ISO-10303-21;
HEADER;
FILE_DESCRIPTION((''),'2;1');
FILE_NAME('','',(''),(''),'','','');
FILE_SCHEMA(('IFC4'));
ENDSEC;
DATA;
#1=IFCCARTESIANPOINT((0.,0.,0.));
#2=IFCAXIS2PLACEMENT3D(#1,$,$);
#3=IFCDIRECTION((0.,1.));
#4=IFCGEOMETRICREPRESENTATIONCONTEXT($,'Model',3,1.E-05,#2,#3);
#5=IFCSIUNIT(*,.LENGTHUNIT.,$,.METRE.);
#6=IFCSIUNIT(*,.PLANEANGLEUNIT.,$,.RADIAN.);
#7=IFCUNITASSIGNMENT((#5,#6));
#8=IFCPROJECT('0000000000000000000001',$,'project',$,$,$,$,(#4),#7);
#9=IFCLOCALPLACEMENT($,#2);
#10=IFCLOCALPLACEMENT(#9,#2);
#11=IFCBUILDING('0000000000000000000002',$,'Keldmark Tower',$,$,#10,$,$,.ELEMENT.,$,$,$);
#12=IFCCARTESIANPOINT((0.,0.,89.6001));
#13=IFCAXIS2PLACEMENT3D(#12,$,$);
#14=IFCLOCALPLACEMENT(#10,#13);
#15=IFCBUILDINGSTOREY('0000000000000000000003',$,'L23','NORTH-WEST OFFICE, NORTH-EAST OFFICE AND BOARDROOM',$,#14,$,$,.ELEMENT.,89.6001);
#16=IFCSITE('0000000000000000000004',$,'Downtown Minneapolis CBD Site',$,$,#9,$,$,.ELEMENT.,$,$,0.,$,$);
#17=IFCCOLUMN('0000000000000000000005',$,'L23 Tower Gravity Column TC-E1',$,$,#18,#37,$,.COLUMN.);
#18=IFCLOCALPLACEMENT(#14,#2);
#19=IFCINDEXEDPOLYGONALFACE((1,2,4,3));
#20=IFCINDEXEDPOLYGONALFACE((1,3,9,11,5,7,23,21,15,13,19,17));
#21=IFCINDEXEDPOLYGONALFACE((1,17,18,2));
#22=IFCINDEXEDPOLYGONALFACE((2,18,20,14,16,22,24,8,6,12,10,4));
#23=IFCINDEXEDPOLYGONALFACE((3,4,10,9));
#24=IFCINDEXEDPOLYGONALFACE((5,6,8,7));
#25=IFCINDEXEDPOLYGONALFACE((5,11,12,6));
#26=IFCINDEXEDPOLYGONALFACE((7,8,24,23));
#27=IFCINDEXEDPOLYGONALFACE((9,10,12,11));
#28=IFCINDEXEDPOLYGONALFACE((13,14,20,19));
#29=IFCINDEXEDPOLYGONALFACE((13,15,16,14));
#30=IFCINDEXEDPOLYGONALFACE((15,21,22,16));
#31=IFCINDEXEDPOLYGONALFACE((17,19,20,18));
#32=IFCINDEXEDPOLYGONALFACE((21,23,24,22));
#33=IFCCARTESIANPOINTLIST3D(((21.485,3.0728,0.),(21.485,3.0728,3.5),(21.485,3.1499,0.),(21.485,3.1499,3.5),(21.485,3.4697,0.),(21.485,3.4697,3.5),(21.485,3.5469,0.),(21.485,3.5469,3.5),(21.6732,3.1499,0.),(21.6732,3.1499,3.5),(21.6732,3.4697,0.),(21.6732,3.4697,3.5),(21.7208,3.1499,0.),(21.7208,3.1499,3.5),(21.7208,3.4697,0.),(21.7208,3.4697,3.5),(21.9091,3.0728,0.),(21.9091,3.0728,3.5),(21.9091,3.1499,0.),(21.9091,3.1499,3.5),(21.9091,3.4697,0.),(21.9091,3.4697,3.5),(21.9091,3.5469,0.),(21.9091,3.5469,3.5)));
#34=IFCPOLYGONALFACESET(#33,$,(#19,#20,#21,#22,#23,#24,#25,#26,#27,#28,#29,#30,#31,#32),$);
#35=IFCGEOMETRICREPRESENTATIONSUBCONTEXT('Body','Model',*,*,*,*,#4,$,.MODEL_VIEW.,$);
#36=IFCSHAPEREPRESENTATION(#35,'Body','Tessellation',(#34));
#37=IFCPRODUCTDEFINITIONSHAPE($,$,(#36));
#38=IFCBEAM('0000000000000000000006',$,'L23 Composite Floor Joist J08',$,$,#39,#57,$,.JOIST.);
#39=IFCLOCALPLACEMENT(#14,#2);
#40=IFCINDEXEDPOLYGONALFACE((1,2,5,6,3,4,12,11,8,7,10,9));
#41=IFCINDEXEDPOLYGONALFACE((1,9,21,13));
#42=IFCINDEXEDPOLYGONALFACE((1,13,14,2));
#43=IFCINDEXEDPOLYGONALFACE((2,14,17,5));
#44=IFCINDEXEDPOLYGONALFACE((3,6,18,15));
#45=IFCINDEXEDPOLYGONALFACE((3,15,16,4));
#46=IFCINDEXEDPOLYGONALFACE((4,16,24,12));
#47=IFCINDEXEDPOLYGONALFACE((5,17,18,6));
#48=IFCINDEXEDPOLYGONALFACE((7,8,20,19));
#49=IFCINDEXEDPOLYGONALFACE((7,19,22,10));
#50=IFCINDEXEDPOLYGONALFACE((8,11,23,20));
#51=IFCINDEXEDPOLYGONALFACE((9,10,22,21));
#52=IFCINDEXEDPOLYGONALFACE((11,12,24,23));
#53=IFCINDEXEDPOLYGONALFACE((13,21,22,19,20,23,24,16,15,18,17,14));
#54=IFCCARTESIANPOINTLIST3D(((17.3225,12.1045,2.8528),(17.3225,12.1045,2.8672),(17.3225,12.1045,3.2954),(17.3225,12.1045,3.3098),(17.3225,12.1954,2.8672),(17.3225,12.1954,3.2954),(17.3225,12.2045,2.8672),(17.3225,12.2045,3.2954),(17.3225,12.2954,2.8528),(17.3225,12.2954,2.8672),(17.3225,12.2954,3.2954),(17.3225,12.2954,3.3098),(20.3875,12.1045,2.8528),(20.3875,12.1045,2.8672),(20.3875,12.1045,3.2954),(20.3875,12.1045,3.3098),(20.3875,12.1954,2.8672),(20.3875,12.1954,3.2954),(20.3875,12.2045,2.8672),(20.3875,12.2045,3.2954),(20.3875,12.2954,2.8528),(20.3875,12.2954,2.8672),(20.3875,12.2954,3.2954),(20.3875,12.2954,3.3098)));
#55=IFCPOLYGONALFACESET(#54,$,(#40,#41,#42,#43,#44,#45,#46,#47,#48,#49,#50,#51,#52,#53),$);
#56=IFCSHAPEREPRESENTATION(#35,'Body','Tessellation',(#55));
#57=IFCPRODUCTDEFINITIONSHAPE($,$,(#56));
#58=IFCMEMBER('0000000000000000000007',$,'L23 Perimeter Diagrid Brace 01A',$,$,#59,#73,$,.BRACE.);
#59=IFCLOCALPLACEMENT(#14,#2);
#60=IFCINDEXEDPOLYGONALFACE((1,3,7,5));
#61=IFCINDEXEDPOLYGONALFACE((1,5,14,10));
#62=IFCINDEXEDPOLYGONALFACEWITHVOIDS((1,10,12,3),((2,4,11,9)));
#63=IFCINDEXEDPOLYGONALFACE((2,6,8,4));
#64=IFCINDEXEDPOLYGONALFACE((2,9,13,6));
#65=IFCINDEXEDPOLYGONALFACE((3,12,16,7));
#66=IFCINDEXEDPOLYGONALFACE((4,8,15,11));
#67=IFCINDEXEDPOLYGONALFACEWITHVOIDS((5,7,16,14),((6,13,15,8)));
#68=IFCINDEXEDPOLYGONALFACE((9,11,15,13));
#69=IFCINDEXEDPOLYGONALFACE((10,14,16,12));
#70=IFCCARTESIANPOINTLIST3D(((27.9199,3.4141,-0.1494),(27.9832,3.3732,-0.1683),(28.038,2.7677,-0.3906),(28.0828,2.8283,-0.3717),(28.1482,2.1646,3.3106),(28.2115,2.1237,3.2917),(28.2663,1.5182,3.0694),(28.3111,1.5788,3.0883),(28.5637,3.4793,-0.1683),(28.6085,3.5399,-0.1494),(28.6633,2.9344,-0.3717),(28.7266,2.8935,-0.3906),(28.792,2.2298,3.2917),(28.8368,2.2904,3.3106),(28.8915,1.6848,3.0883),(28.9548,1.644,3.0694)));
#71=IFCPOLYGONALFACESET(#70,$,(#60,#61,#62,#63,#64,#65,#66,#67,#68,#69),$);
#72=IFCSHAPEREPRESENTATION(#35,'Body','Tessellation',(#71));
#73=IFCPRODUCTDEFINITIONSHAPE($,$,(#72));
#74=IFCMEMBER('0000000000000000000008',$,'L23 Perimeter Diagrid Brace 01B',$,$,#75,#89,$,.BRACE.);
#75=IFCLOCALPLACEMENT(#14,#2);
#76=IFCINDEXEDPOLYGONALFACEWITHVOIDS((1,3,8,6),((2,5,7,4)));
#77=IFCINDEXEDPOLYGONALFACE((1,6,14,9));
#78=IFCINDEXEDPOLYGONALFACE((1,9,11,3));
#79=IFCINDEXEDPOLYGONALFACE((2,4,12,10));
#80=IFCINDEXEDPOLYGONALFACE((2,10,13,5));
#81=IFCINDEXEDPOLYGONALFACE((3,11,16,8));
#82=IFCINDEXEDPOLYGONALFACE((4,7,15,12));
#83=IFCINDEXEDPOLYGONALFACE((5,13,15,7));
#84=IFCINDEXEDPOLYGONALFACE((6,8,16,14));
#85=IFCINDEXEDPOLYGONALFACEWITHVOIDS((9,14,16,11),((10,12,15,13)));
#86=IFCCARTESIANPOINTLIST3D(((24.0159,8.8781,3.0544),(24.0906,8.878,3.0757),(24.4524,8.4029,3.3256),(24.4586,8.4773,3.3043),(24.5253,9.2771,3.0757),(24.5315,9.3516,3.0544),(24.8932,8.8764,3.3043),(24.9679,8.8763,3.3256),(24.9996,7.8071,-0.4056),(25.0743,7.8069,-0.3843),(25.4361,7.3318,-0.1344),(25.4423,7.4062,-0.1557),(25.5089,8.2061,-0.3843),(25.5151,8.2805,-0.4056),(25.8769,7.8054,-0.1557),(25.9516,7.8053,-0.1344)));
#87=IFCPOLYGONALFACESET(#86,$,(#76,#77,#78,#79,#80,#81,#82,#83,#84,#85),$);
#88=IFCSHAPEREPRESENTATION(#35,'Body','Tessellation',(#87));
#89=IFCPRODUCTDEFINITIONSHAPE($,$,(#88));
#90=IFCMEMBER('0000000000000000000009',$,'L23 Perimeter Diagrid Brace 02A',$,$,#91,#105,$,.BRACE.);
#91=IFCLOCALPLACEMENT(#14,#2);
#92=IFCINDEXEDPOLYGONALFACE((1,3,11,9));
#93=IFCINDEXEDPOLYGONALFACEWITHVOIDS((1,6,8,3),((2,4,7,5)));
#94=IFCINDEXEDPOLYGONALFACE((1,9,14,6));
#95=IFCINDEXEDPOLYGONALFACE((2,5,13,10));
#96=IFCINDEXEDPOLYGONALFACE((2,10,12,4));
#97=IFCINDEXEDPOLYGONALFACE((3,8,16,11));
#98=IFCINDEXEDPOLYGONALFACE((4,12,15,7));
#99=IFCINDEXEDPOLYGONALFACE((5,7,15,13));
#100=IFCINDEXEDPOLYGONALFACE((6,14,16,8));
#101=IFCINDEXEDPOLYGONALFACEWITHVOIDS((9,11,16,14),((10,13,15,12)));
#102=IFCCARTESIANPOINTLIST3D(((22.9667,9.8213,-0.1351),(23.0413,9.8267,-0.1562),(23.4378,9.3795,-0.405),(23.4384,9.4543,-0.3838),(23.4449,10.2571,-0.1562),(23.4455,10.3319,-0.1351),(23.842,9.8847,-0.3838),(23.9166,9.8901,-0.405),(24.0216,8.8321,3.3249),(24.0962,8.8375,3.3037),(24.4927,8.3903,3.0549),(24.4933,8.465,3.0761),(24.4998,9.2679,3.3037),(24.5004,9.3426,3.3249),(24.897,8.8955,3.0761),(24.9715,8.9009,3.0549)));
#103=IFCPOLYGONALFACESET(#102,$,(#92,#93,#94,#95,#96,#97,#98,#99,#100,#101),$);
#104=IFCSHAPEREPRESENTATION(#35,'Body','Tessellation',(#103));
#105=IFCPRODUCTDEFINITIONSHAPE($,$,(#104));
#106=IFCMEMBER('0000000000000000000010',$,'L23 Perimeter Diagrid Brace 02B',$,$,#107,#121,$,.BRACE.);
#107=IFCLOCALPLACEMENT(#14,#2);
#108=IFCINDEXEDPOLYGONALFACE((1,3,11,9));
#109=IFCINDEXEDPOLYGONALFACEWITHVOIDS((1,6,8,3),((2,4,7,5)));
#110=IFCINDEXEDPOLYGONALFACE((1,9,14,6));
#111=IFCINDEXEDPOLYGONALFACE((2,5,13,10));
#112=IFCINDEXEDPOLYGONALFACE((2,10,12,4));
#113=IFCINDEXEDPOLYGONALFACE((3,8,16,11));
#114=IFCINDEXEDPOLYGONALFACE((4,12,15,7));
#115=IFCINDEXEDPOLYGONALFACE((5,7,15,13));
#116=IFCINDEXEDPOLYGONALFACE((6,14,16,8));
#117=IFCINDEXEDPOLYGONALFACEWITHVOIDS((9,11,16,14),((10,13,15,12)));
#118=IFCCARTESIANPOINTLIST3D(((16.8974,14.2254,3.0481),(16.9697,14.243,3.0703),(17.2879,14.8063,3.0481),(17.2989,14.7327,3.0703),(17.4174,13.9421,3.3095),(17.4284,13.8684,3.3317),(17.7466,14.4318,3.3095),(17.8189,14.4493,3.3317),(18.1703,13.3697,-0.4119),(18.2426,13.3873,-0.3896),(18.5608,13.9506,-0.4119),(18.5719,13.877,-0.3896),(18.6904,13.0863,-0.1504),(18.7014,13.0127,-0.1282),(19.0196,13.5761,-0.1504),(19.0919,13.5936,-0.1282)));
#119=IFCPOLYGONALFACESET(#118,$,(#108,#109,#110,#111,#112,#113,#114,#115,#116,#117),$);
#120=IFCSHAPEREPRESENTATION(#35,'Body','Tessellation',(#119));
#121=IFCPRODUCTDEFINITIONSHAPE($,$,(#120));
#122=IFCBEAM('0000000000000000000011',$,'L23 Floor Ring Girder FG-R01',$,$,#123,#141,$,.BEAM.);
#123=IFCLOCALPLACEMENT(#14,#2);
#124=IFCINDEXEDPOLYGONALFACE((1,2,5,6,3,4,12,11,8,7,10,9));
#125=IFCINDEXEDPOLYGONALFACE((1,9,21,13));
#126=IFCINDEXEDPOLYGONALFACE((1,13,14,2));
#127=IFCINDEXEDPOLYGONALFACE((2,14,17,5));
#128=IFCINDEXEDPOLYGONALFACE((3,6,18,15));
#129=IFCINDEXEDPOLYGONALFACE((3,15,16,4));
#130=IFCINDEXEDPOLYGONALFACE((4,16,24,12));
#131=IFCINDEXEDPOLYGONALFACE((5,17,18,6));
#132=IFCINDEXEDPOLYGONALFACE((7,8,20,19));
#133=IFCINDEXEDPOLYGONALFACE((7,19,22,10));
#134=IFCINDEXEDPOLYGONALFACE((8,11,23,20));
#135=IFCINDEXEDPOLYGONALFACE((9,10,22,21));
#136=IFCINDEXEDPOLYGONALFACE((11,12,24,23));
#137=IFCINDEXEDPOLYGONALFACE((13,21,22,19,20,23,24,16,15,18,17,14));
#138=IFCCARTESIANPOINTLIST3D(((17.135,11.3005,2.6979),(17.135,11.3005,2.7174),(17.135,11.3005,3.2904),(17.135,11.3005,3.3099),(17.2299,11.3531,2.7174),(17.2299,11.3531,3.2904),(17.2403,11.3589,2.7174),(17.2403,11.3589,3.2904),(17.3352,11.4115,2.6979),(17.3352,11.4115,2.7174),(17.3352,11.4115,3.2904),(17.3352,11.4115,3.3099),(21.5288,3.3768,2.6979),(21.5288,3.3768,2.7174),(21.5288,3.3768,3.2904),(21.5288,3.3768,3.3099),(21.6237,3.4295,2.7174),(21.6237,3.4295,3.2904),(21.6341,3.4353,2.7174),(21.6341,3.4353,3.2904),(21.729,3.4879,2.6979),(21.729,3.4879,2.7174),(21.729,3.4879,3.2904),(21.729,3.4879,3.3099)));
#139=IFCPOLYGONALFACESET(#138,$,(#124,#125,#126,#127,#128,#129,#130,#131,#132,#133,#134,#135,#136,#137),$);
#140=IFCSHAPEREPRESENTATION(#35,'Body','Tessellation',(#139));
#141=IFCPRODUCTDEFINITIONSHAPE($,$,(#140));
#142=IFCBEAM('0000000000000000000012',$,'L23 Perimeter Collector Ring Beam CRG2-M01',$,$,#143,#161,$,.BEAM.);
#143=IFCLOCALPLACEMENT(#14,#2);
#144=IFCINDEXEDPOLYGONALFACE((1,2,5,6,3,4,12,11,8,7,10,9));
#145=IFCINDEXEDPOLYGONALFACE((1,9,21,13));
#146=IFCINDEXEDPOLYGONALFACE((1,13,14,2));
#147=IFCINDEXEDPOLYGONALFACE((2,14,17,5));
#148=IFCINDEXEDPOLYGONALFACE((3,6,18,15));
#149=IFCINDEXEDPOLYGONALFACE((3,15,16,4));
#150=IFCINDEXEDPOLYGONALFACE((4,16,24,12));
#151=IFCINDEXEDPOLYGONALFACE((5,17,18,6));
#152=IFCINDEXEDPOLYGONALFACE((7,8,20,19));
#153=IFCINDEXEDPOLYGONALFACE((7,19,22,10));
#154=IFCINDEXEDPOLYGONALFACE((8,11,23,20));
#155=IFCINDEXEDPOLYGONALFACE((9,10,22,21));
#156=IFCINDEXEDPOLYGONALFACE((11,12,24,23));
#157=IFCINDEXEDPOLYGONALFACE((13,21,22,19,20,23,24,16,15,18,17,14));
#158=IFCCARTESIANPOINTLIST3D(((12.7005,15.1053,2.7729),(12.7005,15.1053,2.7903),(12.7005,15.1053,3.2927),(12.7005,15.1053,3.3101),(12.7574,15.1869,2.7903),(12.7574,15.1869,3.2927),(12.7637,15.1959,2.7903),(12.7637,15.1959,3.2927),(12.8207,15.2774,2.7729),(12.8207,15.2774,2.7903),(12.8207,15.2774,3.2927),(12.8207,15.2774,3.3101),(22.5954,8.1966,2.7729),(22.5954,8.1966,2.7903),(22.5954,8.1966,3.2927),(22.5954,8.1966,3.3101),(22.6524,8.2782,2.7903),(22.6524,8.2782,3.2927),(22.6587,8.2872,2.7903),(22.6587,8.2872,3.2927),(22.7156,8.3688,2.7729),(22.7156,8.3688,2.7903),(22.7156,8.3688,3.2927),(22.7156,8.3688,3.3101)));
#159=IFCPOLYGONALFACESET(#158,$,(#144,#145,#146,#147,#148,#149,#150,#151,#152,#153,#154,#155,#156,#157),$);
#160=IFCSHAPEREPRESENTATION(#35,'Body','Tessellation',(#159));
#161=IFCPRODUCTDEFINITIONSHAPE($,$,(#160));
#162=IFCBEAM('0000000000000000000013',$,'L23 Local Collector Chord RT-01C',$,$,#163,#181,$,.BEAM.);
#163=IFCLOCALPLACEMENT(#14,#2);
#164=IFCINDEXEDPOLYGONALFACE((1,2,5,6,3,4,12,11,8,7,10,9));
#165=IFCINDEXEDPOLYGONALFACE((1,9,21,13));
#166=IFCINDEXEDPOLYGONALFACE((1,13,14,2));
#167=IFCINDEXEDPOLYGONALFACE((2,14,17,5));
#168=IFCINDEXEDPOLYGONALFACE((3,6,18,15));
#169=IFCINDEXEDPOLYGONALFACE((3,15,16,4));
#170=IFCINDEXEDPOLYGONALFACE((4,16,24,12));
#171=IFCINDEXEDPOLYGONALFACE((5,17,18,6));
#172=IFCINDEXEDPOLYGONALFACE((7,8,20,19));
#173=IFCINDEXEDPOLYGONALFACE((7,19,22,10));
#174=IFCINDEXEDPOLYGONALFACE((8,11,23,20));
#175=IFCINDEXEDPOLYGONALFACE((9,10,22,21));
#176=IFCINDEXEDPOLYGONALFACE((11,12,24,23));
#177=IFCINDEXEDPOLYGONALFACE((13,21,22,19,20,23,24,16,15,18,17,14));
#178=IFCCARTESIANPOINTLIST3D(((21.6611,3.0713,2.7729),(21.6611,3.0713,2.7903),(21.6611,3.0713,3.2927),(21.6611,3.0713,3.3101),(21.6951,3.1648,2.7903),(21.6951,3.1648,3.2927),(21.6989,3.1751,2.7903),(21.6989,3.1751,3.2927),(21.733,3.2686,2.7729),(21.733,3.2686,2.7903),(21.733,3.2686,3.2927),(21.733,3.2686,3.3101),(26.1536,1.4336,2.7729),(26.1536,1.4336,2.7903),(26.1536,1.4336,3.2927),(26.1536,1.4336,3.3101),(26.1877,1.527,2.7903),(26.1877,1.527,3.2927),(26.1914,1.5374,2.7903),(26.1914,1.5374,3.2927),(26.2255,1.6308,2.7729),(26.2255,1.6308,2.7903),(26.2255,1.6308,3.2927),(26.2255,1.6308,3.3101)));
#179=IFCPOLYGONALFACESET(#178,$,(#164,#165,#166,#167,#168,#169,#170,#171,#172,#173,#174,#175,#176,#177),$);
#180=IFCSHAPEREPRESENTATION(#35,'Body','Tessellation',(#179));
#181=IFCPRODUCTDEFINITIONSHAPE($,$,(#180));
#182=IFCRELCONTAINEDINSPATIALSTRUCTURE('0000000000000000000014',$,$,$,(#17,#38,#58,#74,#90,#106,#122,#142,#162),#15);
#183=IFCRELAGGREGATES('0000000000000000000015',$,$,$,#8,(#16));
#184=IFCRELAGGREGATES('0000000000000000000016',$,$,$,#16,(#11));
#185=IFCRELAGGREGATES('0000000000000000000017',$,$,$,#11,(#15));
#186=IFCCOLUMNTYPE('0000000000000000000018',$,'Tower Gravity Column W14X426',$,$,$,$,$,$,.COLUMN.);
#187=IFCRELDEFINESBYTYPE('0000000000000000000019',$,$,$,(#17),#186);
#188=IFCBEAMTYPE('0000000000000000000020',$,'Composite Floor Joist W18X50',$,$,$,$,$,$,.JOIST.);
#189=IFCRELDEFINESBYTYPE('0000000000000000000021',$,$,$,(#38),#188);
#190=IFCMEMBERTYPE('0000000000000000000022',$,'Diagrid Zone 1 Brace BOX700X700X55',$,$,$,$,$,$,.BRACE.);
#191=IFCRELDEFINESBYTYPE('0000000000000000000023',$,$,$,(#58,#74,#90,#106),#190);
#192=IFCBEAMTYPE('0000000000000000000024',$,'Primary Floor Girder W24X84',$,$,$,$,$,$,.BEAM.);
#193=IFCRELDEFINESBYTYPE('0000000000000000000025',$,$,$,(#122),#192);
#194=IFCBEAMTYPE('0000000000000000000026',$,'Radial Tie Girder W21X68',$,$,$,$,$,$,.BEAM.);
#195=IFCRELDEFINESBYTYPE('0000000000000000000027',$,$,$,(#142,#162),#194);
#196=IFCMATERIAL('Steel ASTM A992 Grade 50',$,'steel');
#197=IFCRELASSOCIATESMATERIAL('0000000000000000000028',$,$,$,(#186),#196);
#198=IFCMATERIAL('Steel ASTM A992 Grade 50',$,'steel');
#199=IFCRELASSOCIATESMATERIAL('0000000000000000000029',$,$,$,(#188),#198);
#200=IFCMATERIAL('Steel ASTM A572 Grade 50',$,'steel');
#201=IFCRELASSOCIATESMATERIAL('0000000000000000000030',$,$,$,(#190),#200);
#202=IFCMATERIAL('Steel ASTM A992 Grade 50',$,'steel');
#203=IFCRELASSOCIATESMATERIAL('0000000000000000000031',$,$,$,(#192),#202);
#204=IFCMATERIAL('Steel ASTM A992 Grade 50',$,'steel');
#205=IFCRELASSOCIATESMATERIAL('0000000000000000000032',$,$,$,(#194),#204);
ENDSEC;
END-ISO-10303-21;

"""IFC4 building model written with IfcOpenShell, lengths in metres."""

from ifc_helpers import new_model, si_unit, direction, frame, origin, origin_2d, place, context, subcontext, project, spatial, hollow_rectangle, i_section, extrude, material, material_profile, profile_set, type_object, element, save


model = new_model("IFC4")

# Units and contexts
model_context = context("Model", 3, precision=1e-05, world=origin(), true_north=direction((0.0, 1.0)))
body_context = subcontext(model_context, "Body", "Model", "MODEL_VIEW")
ifc_project = project(units=[si_unit("LENGTHUNIT", "METRE"), si_unit("PLANEANGLEUNIT", "RADIAN")], contexts=[model_context])

# Site, building, storey
site_placement = place(None, origin())
site = spatial("IfcSite", under=ifc_project, at=site_placement, Name="Downtown Minneapolis CBD Site", CompositionType="ELEMENT", RefElevation=0.0)
building_placement = place(site_placement, origin())
building = spatial("IfcBuilding", under=site, at=building_placement, Name="Keldmark Tower", CompositionType="ELEMENT")
storey_placement = place(building_placement, frame((0.0, 0.0, 89.6001)))
storey = spatial("IfcBuildingStorey", under=building, at=storey_placement, Name="L23", Description="NORTH-WEST OFFICE, NORTH-EAST OFFICE AND BOARDROOM", CompositionType="ELEMENT", Elevation=89.6001)

# Column
ifc_material_1 = material(Name="Steel ASTM A992 Grade 50", Category="steel")
ifc_material_profile_1 = material_profile(ifc_material_1, i_section(OverallWidth=0.4241, OverallDepth=0.4741, WebThickness=0.0476, FlangeThickness=0.0771, at=origin_2d()), Name="W14X426")
ifc_profile_set_1 = profile_set([ifc_material_profile_1], Name="Steel ASTM A992 Grade 50")
column_type = type_object("IfcColumnType", Name="Tower Gravity Column W14X426", PredefinedType="COLUMN", material=ifc_profile_set_1)
column_placement = place(storey_placement, frame((21.697, 3.3098, 0.0), z_axis=(0.0, 0.0, 1.0), x_axis=(1.0, 0.0, 0.0)))
element("IfcColumn", 1, at=column_placement, inside=storey, type_object=column_type, Name="L23 Tower Gravity Column TC-E1", PredefinedType="COLUMN", context=body_context, shape_type="SweptSolid", body=[
    extrude(i_section(OverallWidth=0.4241, OverallDepth=0.4741, WebThickness=0.0476, FlangeThickness=0.0771, at=origin_2d()), origin(), (0.0, 0.0, 1.0), 3.5),
])

# Beam
ifc_material_2 = material(Name="Steel ASTM A992 Grade 50", Category="steel")
ifc_material_profile_2 = material_profile(ifc_material_2, i_section(OverallWidth=0.1909, OverallDepth=0.457, WebThickness=0.009, FlangeThickness=0.0144, at=origin_2d()), Name="W18X50")
ifc_profile_set_2 = profile_set([ifc_material_profile_2], Name="Steel ASTM A992 Grade 50")
beam_type_1 = type_object("IfcBeamType", Name="Composite Floor Joist W18X50", PredefinedType="JOIST", material=ifc_profile_set_2)
beam_1_placement = place(storey_placement, frame((17.3225, 12.2, 3.0813), z_axis=(1.0, 0.0, 0.0), x_axis=(0.0, 1.0, 0.0)))
element("IfcBeam", 2, at=beam_1_placement, inside=storey, type_object=beam_type_1, Name="L23 Composite Floor Joist J08", PredefinedType="JOIST", context=body_context, shape_type="SweptSolid", body=[
    extrude(i_section(OverallWidth=0.1909, OverallDepth=0.457, WebThickness=0.009, FlangeThickness=0.0144, at=origin_2d()), origin(), (0.0, 0.0, 1.0), 3.0649),
])

# Members
ifc_material_3 = material(Name="Steel ASTM A572 Grade 50", Category="steel")
ifc_material_profile_3 = material_profile(ifc_material_3, hollow_rectangle(XDim=0.7, YDim=0.7, WallThickness=0.0549, at=origin_2d()), Name="BOX700X700X55")
ifc_profile_set_3 = profile_set([ifc_material_profile_3], Name="Steel ASTM A572 Grade 50")
member_type = type_object("IfcMemberType", Name="Diagrid Zone 1 Brace BOX700X700X55", PredefinedType="BRACE", material=ifc_profile_set_3)
member_1_placement = place(storey_placement, frame((28.3232, 3.1538, -0.27), z_axis=(0.061934, -0.339012, 0.938741), x_axis=(0.983719, 0.179714, 0.0)))
element("IfcMember", 3, at=member_1_placement, inside=storey, type_object=member_type, Name="L23 Perimeter Diagrid Brace 01A", PredefinedType="BRACE", context=body_context, shape_type="SweptSolid", body=[
    extrude(hollow_rectangle(XDim=0.7, YDim=0.7, WallThickness=0.0549, at=origin_2d()), origin(), (0.0, 0.0, 1.0), 3.6858),
])
member_2_placement = place(storey_placement, frame((25.4756, 7.8062, -0.27), z_axis=(-0.262086, 0.285373, 0.921886), x_axis=(-0.73652, -0.676416, 0.0)))
element("IfcMember", 4, at=member_2_placement, inside=storey, type_object=member_type, Name="L23 Perimeter Diagrid Brace 01B", PredefinedType="BRACE", context=body_context, shape_type="SweptSolid", body=[
    extrude(hollow_rectangle(XDim=0.7, YDim=0.7, WallThickness=0.0549, at=origin_2d()), origin(), (0.0, 0.0, 1.0), 3.7532),
])
member_3_placement = place(storey_placement, frame((23.4417, 9.8557, -0.27), z_axis=(0.281312, -0.263799, 0.922645), x_axis=(0.684037, 0.729448, 0.0)))
element("IfcMember", 5, at=member_3_placement, inside=storey, type_object=member_type, Name="L23 Perimeter Diagrid Brace 02A", PredefinedType="BRACE", context=body_context, shape_type="SweptSolid", body=[
    extrude(hollow_rectangle(XDim=0.7, YDim=0.7, WallThickness=0.0549, at=origin_2d()), origin(), (0.0, 0.0, 1.0), 3.75),
])
member_4_placement = place(storey_placement, frame((18.6311, 13.4817, -0.27), z_axis=(-0.336341, 0.226098, 0.914196), x_axis=(-0.557892, -0.829914, 0.0)))
element("IfcMember", 6, at=member_4_placement, inside=storey, type_object=member_type, Name="L23 Perimeter Diagrid Brace 02B", PredefinedType="BRACE", context=body_context, shape_type="SweptSolid", body=[
    extrude(hollow_rectangle(XDim=0.7, YDim=0.7, WallThickness=0.0549, at=origin_2d()), origin(), (0.0, 0.0, 1.0), 3.7847),
])

# Beams
ifc_material_4 = material(Name="Steel ASTM A992 Grade 50", Category="steel")
ifc_material_profile_4 = material_profile(ifc_material_4, i_section(OverallWidth=0.229, OverallDepth=0.6121, WebThickness=0.012, FlangeThickness=0.0195, at=origin_2d()), Name="W24X84")
ifc_profile_set_4 = profile_set([ifc_material_profile_4], Name="Steel ASTM A992 Grade 50")
beam_type_2 = type_object("IfcBeamType", Name="Primary Floor Girder W24X84", PredefinedType="BEAM", material=ifc_profile_set_4)
beam_2_placement = place(storey_placement, frame((21.6289, 3.4324, 3.0039), z_axis=(-0.484952, 0.874541, 0.0), x_axis=(-0.874541, -0.484952, 0.0)))
element("IfcBeam", 7, at=beam_2_placement, inside=storey, type_object=beam_type_2, Name="L23 Floor Ring Girder FG-R01", PredefinedType="BEAM", context=body_context, shape_type="SweptSolid", body=[
    extrude(i_section(OverallWidth=0.229, OverallDepth=0.6121, WebThickness=0.012, FlangeThickness=0.0195, at=origin_2d()), origin(), (0.0, 0.0, 1.0), 9.0603),
])
ifc_material_5 = material(Name="Steel ASTM A992 Grade 50", Category="steel")
ifc_material_profile_5 = material_profile(ifc_material_5, i_section(OverallWidth=0.21, OverallDepth=0.5371, WebThickness=0.011, FlangeThickness=0.0173, at=origin_2d()), Name="W21X68")
ifc_profile_set_5 = profile_set([ifc_material_profile_5], Name="Steel ASTM A992 Grade 50")
beam_type_3 = type_object("IfcBeamType", Name="Radial Tie Girder W21X68", PredefinedType="BEAM", material=ifc_profile_set_5)
beam_3_placement = place(storey_placement, frame((22.6555, 8.2827, 3.0415), z_axis=(-0.819925, 0.572471, 0.0), x_axis=(-0.572471, -0.819925, 0.0)))
element("IfcBeam", 8, at=beam_3_placement, inside=storey, type_object=beam_type_3, Name="L23 Perimeter Collector Ring Beam CRG2-M01", PredefinedType="BEAM", context=body_context, shape_type="SweptSolid", body=[
    extrude(i_section(OverallWidth=0.21, OverallDepth=0.5371, WebThickness=0.011, FlangeThickness=0.0173, at=origin_2d()), origin(), (0.0, 0.0, 1.0), 12.0681),
])
beam_4_placement = place(storey_placement, frame((21.697, 3.1699, 3.0415), z_axis=(0.939519, -0.342497, 0.0), x_axis=(0.342497, 0.939519, 0.0)))
element("IfcBeam", 9, at=beam_4_placement, inside=storey, type_object=beam_type_3, Name="L23 Local Collector Chord RT-01C", PredefinedType="BEAM", context=body_context, shape_type="SweptSolid", body=[
    extrude(i_section(OverallWidth=0.21, OverallDepth=0.5371, WebThickness=0.011, FlangeThickness=0.0173, at=origin_2d()), origin(), (0.0, 0.0, 1.0), 4.7817),
])

save(model, "model.ifc")
